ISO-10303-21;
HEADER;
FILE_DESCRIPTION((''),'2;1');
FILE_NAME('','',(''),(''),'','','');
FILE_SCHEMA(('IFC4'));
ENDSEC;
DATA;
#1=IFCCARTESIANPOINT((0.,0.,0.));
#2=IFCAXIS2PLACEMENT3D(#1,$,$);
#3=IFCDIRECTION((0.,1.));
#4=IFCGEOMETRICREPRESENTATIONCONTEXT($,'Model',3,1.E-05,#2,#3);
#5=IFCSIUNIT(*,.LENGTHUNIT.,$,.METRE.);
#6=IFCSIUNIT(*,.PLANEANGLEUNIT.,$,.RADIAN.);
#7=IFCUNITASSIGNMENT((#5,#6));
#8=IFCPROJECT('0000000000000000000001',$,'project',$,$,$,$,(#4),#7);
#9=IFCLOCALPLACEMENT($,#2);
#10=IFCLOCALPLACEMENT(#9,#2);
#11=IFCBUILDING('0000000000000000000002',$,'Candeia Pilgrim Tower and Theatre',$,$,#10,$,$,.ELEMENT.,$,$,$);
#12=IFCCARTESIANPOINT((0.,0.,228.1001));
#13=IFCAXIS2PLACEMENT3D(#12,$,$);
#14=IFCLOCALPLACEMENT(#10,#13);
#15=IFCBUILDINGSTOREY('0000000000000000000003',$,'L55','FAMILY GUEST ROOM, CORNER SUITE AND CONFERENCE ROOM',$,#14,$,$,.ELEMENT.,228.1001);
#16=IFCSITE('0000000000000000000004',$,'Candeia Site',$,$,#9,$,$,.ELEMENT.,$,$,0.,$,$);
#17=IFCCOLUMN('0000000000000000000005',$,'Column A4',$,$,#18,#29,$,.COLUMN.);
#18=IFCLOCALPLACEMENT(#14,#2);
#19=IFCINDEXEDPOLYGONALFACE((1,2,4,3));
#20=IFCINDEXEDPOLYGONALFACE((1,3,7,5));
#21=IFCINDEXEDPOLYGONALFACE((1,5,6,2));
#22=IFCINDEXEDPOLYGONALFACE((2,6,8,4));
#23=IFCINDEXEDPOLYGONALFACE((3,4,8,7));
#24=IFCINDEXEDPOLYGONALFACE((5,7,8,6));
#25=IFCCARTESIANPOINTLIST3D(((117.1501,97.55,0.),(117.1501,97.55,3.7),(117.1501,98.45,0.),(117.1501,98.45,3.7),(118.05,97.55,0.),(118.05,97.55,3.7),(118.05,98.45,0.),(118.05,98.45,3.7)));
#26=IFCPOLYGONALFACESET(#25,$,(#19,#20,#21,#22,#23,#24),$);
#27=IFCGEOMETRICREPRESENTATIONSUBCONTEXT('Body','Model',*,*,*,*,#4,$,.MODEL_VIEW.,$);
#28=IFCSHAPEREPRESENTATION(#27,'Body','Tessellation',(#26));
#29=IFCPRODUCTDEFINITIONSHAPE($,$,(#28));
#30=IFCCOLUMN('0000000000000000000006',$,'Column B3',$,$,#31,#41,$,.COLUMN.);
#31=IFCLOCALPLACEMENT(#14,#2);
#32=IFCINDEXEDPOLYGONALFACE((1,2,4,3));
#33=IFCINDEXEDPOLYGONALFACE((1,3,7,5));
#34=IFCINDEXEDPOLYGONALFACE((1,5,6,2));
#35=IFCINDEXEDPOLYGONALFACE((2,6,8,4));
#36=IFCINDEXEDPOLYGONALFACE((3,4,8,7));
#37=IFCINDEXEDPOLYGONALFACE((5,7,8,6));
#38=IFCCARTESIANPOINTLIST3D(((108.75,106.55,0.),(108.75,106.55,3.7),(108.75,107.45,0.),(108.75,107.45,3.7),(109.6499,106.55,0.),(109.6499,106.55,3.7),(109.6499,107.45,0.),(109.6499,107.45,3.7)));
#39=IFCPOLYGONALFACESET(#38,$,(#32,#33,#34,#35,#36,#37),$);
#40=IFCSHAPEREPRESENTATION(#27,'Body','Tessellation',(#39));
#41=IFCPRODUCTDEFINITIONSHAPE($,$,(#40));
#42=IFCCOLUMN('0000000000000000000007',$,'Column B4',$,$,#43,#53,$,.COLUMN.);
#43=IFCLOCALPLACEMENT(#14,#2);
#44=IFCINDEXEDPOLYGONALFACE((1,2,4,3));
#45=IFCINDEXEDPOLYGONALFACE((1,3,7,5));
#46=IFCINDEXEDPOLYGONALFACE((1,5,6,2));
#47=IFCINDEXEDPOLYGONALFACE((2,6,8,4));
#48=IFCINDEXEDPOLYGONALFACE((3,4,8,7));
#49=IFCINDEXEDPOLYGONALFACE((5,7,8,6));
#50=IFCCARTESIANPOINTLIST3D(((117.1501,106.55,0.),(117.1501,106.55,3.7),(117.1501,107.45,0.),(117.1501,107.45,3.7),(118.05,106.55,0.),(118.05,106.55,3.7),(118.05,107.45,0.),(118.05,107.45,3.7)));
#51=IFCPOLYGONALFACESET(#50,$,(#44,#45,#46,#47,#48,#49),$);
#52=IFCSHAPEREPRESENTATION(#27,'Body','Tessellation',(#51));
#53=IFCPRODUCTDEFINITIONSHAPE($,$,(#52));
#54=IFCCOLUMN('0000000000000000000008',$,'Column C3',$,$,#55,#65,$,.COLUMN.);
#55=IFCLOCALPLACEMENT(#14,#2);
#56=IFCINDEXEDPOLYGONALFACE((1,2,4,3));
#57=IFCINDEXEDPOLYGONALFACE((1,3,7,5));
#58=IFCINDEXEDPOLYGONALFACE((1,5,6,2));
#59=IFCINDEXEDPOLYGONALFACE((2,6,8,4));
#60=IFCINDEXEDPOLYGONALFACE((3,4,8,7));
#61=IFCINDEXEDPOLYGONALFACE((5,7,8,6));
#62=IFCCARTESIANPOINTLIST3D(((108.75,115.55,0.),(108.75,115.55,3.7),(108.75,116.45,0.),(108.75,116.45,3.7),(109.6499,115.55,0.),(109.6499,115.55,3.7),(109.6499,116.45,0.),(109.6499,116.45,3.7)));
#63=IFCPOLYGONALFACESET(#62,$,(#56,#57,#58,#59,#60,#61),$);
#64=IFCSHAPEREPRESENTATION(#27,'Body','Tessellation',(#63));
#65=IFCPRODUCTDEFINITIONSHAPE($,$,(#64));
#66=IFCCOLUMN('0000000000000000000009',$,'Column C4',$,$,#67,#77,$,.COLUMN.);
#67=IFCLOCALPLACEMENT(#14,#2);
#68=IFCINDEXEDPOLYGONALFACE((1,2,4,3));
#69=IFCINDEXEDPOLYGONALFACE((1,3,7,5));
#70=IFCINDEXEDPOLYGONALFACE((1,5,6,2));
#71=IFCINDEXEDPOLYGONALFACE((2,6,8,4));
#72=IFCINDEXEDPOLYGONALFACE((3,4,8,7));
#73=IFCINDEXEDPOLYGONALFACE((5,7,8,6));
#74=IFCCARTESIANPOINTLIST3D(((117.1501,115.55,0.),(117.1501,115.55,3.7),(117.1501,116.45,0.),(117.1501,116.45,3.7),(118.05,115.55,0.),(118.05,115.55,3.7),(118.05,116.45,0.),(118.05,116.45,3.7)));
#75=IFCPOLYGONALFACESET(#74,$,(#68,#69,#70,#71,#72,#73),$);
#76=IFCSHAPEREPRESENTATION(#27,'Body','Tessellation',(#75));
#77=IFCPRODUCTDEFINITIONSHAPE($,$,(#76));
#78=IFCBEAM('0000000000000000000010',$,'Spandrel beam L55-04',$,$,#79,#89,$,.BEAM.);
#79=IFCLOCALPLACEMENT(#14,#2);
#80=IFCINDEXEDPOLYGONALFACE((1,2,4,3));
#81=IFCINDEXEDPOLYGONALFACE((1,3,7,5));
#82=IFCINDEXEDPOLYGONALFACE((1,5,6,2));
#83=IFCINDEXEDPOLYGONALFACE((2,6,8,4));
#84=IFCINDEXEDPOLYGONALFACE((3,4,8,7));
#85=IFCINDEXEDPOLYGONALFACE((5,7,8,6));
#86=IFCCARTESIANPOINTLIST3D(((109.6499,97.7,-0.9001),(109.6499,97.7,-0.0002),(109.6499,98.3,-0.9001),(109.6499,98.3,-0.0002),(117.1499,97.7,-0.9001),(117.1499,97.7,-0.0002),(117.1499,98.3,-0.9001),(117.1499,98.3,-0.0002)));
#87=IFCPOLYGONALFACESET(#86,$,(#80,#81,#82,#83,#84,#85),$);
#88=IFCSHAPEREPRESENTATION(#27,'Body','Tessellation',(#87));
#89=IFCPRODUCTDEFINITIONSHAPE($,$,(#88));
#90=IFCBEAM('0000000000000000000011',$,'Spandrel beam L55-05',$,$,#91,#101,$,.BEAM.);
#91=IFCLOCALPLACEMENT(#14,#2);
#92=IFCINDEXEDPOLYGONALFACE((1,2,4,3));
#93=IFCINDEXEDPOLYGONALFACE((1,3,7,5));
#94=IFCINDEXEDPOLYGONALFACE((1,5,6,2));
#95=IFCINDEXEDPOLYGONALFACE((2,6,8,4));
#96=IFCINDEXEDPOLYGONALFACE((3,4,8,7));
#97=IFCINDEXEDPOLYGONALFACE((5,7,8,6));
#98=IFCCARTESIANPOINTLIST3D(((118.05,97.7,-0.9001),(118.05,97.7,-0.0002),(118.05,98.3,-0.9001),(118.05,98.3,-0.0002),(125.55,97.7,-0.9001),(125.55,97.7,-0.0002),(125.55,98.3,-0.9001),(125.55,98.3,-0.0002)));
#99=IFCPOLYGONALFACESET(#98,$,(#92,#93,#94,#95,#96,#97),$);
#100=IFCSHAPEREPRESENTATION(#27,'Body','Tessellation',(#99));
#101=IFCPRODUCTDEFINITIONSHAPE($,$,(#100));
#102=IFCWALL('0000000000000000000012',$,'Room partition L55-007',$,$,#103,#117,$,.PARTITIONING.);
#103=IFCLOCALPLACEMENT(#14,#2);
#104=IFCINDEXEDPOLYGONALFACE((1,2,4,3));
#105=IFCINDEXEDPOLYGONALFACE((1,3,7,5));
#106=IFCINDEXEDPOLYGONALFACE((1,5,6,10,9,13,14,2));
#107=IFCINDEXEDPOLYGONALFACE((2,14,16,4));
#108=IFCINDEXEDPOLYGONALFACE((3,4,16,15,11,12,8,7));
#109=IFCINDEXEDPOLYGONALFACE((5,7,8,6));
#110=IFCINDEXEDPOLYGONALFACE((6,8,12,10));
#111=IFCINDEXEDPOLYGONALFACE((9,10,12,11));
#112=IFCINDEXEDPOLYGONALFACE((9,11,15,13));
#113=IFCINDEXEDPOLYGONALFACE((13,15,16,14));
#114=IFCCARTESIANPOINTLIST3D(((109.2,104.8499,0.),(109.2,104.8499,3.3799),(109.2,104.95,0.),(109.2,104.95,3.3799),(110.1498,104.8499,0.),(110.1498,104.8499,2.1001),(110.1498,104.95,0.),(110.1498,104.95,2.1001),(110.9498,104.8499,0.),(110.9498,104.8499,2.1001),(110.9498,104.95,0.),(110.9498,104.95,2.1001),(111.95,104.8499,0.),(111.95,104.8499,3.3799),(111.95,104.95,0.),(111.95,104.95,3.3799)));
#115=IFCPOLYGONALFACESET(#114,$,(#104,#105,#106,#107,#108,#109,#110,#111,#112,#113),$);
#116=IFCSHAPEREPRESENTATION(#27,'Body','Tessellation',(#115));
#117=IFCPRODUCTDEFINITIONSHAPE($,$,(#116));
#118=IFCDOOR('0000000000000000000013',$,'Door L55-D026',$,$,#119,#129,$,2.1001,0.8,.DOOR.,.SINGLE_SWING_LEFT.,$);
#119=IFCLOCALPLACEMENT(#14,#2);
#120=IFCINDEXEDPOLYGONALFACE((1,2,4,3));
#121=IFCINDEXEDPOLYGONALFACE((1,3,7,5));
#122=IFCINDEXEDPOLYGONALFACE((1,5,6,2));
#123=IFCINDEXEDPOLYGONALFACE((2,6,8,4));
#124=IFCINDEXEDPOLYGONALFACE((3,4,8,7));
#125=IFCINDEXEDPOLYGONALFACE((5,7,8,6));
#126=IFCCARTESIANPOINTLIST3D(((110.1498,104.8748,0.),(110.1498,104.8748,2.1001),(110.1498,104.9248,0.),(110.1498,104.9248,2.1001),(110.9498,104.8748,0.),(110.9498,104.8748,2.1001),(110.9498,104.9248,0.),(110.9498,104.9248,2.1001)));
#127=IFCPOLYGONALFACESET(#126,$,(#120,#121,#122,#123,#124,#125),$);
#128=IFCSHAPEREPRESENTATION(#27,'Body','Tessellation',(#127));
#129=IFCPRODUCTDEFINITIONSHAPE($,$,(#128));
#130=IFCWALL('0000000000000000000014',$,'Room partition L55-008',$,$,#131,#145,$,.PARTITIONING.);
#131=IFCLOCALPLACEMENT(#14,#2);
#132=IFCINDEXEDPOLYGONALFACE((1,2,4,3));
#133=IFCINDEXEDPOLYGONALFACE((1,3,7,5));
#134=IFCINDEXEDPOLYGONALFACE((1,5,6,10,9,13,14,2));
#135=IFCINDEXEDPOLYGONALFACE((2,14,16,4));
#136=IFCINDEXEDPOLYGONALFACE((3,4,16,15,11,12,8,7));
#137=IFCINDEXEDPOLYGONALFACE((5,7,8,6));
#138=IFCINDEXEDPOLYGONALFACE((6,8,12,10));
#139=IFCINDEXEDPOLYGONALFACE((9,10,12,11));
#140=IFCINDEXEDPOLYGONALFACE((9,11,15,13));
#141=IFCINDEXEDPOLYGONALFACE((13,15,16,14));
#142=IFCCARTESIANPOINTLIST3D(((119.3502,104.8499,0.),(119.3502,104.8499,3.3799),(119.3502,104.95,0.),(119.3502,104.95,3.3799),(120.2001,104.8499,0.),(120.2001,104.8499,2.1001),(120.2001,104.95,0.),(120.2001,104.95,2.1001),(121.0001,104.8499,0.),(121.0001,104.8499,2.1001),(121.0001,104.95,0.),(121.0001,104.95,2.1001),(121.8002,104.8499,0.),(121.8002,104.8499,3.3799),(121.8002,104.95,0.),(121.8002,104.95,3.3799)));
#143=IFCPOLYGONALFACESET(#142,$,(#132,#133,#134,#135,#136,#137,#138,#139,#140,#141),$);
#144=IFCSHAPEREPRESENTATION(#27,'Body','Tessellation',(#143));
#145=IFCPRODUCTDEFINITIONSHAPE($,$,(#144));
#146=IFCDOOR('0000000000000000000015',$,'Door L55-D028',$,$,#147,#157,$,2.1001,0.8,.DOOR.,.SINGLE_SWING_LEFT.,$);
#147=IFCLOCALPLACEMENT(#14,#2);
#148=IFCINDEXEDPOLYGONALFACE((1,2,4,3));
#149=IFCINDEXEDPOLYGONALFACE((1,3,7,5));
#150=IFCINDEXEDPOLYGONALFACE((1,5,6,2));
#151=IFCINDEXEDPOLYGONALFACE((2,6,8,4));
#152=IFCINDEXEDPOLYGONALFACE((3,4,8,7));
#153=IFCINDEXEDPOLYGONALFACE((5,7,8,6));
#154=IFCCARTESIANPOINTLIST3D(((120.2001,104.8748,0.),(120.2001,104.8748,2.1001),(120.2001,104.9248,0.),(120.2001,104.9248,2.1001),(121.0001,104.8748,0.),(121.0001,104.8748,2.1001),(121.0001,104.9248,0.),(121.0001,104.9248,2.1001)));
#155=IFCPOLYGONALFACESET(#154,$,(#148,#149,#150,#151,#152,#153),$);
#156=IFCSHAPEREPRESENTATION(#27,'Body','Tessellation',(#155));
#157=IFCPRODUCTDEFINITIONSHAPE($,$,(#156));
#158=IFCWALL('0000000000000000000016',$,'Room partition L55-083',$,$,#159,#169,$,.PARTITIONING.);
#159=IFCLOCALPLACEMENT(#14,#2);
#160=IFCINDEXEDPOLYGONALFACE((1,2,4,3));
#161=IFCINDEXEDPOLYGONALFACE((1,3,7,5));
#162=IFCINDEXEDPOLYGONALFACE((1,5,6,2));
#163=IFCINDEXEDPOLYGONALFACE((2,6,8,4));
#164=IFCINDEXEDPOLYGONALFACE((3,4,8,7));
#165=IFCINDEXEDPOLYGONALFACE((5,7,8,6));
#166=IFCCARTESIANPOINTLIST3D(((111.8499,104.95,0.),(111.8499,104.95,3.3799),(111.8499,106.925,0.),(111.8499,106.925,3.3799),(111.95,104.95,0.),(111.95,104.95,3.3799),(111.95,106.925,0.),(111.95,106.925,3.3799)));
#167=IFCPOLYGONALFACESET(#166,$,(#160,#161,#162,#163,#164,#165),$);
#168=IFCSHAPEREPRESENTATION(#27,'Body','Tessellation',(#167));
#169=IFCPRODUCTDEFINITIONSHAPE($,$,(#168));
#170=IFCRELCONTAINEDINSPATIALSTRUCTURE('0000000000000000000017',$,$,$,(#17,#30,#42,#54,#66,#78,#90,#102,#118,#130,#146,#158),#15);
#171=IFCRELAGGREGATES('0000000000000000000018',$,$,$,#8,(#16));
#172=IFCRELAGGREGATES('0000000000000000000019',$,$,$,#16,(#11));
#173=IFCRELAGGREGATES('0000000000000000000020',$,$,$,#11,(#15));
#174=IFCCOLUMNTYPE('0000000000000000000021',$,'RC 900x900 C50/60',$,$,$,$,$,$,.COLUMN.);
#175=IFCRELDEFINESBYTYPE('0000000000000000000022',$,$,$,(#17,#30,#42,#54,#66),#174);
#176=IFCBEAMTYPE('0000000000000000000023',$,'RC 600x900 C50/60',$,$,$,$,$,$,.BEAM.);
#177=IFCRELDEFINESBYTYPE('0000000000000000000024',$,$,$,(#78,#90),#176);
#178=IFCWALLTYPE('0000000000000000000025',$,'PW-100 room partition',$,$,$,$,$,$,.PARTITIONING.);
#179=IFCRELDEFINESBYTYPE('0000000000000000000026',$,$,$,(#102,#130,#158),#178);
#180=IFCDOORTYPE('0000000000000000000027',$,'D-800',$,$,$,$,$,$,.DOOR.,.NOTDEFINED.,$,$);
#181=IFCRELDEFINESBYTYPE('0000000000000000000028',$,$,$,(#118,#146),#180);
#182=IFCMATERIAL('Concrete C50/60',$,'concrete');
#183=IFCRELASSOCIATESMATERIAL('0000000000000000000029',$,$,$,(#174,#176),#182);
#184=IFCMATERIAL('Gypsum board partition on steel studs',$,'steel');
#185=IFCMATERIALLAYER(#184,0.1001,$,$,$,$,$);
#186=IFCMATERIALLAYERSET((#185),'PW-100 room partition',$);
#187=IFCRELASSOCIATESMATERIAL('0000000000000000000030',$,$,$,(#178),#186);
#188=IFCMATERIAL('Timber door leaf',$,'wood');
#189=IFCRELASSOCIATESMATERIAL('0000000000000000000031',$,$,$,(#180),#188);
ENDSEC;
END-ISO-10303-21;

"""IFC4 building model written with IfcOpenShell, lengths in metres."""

from ifc_helpers import new_model, si_unit, direction, frame, frame_2d, origin, origin_2d, place, context, subcontext, project, spatial, rectangle, extrude, material, layer, layer_set, material_profile, profile_set, type_object, element, fill, save


model = new_model("IFC4")

# Units and contexts
model_context = context("Model", 3, precision=1e-05, world=origin(), true_north=direction((0.0, 1.0)))
body_context = subcontext(model_context, "Body", "Model", "MODEL_VIEW")
ifc_project = project(units=[si_unit("LENGTHUNIT", "METRE"), si_unit("PLANEANGLEUNIT", "RADIAN")], contexts=[model_context])

# Site, building, storey
site_placement = place(None, origin())
site = spatial("IfcSite", under=ifc_project, at=site_placement, Name="Candeia Site", CompositionType="ELEMENT", RefElevation=0.0)
building_placement = place(site_placement, origin())
building = spatial("IfcBuilding", under=site, at=building_placement, Name="Candeia Pilgrim Tower and Theatre", CompositionType="ELEMENT")
storey_placement = place(building_placement, frame((0.0, 0.0, 228.1001)))
storey = spatial("IfcBuildingStorey", under=building, at=storey_placement, Name="L55", Description="FAMILY GUEST ROOM, CORNER SUITE AND CONFERENCE ROOM", CompositionType="ELEMENT", Elevation=228.1001)

# Columns
ifc_material_1 = material(Name="Concrete C50/60", Category="concrete")
ifc_material_profile_1 = material_profile(ifc_material_1, rectangle(XDim=0.8999, YDim=0.8999, at=origin_2d()))
ifc_profile_set_1 = profile_set([ifc_material_profile_1], Name="Concrete C50/60")
column_type = type_object("IfcColumnType", Name="RC 900x900 C50/60", PredefinedType="COLUMN", material=ifc_profile_set_1)
for number, where, z_axis, x_axis, name in (
    (1, (117.6001, 98.0, 0.0), (0.0, 0.0, 1.0), (1.0, 0.0, 0.0), "Column A4"),
    (2, (109.2, 107.0, 0.0), (0.0, 0.0, 1.0), (1.0, 0.0, 0.0), "Column B3"),
    (3, (117.6001, 107.0, 0.0), (0.0, 0.0, 1.0), (1.0, 0.0, 0.0), "Column B4"),
    (4, (109.2, 116.0, 0.0), (0.0, 0.0, 1.0), (1.0, 0.0, 0.0), "Column C3"),
    (5, (117.6001, 116.0, 0.0), (0.0, 0.0, 1.0), (1.0, 0.0, 0.0), "Column C4"),
):
    element("IfcColumn", number, at=place(storey_placement, frame(where, z_axis=z_axis, x_axis=x_axis)), inside=storey, type_object=column_type, Name=name, PredefinedType="COLUMN", context=body_context, shape_type="SweptSolid", body=[
        extrude(rectangle(XDim=0.8999, YDim=0.8999, at=origin_2d()), origin(), (0.0, 0.0, 1.0), 3.7),
    ])

# Beams
ifc_material_profile_2 = material_profile(ifc_material_1, rectangle(XDim=0.6001, YDim=0.8999, at=origin_2d()))
ifc_profile_set_2 = profile_set([ifc_material_profile_2], Name="Concrete C50/60")
beam_type = type_object("IfcBeamType", Name="RC 600x900 C50/60", PredefinedType="BEAM", material=ifc_profile_set_2)
for number, where, z_axis, x_axis, name in (
    (6, (109.6499, 98.0, -0.4502), (1.0, 0.0, 0.0), (0.0, 1.0, 0.0), "Spandrel beam L55-04"),
    (7, (118.05, 98.0, -0.4502), (1.0, 0.0, 0.0), (0.0, 1.0, 0.0), "Spandrel beam L55-05"),
):
    element("IfcBeam", number, at=place(storey_placement, frame(where, z_axis=z_axis, x_axis=x_axis)), inside=storey, type_object=beam_type, Name=name, PredefinedType="BEAM", context=body_context, shape_type="SweptSolid", body=[
        extrude(rectangle(XDim=0.6001, YDim=0.8999, at=origin_2d()), origin(), (0.0, 0.0, 1.0), 7.5),
    ])

# Walls, openings, doors
ifc_material_2 = material(Name="Gypsum board partition on steel studs", Category="steel")
ifc_layer_1 = layer(ifc_material_2, 0.1001)
ifc_layer_set_1 = layer_set([ifc_layer_1], Name="PW-100 room partition")
wall_type_1 = type_object("IfcWallType", Name="PW-100 room partition", PredefinedType="PARTITIONING", material=ifc_layer_set_1)
wall_1_placement = place(storey_placement, frame((109.2, 104.8999, 0.0), z_axis=(0.0, 0.0, 1.0), x_axis=(1.0, 0.0, 0.0)))
wall_1 = element("IfcWall", 8, at=wall_1_placement, inside=storey, type_object=wall_type_1, Name="Room partition L55-007", PredefinedType="PARTITIONING", context=body_context, shape_type="SweptSolid", body=[
    extrude(rectangle(XDim=2.75, YDim=0.1001, at=frame_2d((1.375, 0.0))), origin(), (0.0, 0.0, 1.0), 3.3799),
])
opening_1_placement = place(wall_1_placement, frame((0.95, 0.0, 0.0)))
opening_1 = element("IfcOpeningElement", 9, at=opening_1_placement, cuts=wall_1, PredefinedType="OPENING", context=body_context, shape_type="SweptSolid", body=[
    extrude(rectangle(XDim=0.8, YDim=2.1001, at=frame_2d((0.3999, 1.05))), frame((0.0, 0.0601, 0.0), z_axis=(0.0, -1.0, 0.0), x_axis=(1.0, 0.0, 0.0)), (0.0, 0.0, 1.0), 0.1201),
])
ifc_material_3 = material(Name="Timber door leaf", Category="wood")
door_type_1 = type_object("IfcDoorType", Name="D-800", OperationType="NOTDEFINED", PredefinedType="DOOR", material=ifc_material_3)
door_1_placement = place(opening_1_placement, origin())
door_1 = element("IfcDoor", 10, at=door_1_placement, inside=storey, type_object=door_type_1, Name="Door L55-D026", OperationType="SINGLE_SWING_LEFT", OverallHeight=2.1001, OverallWidth=0.8, PredefinedType="DOOR", context=body_context, shape_type="SweptSolid", body=[
    extrude(rectangle(XDim=0.8, YDim=2.1001, at=frame_2d((0.3999, 1.05))), frame((0.0, 0.0249, 0.0), z_axis=(0.0, -1.0, 0.0), x_axis=(1.0, 0.0, 0.0)), (0.0, 0.0, 1.0), 0.05),
])
fill(opening_1, door_1)
wall_2_placement = place(storey_placement, frame((119.3501, 104.8999, 0.0), z_axis=(0.0, 0.0, 1.0), x_axis=(1.0, 0.0, 0.0)))
wall_2 = element("IfcWall", 11, at=wall_2_placement, inside=storey, type_object=wall_type_1, Name="Room partition L55-008", PredefinedType="PARTITIONING", context=body_context, shape_type="SweptSolid", body=[
    extrude(rectangle(XDim=2.45, YDim=0.1001, at=frame_2d((1.2251, 0.0))), origin(), (0.0, 0.0, 1.0), 3.3799),
])
opening_2_placement = place(wall_2_placement, frame((0.8501, 0.0, 0.0)))
opening_2 = element("IfcOpeningElement", 12, at=opening_2_placement, cuts=wall_2, PredefinedType="OPENING", context=body_context, shape_type="SweptSolid", body=[
    extrude(rectangle(XDim=0.8, YDim=2.1001, at=frame_2d((0.3999, 1.05))), frame((0.0, 0.0601, 0.0), z_axis=(0.0, -1.0, 0.0), x_axis=(1.0, 0.0, 0.0)), (0.0, 0.0, 1.0), 0.1201),
])
door_2_placement = place(opening_2_placement, origin())
door_2 = element("IfcDoor", 13, at=door_2_placement, inside=storey, type_object=door_type_1, Name="Door L55-D028", OperationType="SINGLE_SWING_LEFT", OverallHeight=2.1001, OverallWidth=0.8, PredefinedType="DOOR", context=body_context, shape_type="SweptSolid", body=[
    extrude(rectangle(XDim=0.8, YDim=2.1001, at=frame_2d((0.3999, 1.05))), frame((0.0, 0.0249, 0.0), z_axis=(0.0, -1.0, 0.0), x_axis=(1.0, 0.0, 0.0)), (0.0, 0.0, 1.0), 0.05),
])
fill(opening_2, door_2)

# Wall
wall_3_placement = place(storey_placement, frame((111.8999, 104.95, 0.0), z_axis=(0.0, 0.0, 1.0), x_axis=(0.0, 1.0, 0.0)))
element("IfcWall", 14, at=wall_3_placement, inside=storey, type_object=wall_type_1, Name="Room partition L55-083", PredefinedType="PARTITIONING", context=body_context, shape_type="SweptSolid", body=[
    extrude(rectangle(XDim=1.9751, YDim=0.1001, at=frame_2d((0.9875, 0.0))), origin(), (0.0, 0.0, 1.0), 3.3799),
])

save(model, "model.ifc")
